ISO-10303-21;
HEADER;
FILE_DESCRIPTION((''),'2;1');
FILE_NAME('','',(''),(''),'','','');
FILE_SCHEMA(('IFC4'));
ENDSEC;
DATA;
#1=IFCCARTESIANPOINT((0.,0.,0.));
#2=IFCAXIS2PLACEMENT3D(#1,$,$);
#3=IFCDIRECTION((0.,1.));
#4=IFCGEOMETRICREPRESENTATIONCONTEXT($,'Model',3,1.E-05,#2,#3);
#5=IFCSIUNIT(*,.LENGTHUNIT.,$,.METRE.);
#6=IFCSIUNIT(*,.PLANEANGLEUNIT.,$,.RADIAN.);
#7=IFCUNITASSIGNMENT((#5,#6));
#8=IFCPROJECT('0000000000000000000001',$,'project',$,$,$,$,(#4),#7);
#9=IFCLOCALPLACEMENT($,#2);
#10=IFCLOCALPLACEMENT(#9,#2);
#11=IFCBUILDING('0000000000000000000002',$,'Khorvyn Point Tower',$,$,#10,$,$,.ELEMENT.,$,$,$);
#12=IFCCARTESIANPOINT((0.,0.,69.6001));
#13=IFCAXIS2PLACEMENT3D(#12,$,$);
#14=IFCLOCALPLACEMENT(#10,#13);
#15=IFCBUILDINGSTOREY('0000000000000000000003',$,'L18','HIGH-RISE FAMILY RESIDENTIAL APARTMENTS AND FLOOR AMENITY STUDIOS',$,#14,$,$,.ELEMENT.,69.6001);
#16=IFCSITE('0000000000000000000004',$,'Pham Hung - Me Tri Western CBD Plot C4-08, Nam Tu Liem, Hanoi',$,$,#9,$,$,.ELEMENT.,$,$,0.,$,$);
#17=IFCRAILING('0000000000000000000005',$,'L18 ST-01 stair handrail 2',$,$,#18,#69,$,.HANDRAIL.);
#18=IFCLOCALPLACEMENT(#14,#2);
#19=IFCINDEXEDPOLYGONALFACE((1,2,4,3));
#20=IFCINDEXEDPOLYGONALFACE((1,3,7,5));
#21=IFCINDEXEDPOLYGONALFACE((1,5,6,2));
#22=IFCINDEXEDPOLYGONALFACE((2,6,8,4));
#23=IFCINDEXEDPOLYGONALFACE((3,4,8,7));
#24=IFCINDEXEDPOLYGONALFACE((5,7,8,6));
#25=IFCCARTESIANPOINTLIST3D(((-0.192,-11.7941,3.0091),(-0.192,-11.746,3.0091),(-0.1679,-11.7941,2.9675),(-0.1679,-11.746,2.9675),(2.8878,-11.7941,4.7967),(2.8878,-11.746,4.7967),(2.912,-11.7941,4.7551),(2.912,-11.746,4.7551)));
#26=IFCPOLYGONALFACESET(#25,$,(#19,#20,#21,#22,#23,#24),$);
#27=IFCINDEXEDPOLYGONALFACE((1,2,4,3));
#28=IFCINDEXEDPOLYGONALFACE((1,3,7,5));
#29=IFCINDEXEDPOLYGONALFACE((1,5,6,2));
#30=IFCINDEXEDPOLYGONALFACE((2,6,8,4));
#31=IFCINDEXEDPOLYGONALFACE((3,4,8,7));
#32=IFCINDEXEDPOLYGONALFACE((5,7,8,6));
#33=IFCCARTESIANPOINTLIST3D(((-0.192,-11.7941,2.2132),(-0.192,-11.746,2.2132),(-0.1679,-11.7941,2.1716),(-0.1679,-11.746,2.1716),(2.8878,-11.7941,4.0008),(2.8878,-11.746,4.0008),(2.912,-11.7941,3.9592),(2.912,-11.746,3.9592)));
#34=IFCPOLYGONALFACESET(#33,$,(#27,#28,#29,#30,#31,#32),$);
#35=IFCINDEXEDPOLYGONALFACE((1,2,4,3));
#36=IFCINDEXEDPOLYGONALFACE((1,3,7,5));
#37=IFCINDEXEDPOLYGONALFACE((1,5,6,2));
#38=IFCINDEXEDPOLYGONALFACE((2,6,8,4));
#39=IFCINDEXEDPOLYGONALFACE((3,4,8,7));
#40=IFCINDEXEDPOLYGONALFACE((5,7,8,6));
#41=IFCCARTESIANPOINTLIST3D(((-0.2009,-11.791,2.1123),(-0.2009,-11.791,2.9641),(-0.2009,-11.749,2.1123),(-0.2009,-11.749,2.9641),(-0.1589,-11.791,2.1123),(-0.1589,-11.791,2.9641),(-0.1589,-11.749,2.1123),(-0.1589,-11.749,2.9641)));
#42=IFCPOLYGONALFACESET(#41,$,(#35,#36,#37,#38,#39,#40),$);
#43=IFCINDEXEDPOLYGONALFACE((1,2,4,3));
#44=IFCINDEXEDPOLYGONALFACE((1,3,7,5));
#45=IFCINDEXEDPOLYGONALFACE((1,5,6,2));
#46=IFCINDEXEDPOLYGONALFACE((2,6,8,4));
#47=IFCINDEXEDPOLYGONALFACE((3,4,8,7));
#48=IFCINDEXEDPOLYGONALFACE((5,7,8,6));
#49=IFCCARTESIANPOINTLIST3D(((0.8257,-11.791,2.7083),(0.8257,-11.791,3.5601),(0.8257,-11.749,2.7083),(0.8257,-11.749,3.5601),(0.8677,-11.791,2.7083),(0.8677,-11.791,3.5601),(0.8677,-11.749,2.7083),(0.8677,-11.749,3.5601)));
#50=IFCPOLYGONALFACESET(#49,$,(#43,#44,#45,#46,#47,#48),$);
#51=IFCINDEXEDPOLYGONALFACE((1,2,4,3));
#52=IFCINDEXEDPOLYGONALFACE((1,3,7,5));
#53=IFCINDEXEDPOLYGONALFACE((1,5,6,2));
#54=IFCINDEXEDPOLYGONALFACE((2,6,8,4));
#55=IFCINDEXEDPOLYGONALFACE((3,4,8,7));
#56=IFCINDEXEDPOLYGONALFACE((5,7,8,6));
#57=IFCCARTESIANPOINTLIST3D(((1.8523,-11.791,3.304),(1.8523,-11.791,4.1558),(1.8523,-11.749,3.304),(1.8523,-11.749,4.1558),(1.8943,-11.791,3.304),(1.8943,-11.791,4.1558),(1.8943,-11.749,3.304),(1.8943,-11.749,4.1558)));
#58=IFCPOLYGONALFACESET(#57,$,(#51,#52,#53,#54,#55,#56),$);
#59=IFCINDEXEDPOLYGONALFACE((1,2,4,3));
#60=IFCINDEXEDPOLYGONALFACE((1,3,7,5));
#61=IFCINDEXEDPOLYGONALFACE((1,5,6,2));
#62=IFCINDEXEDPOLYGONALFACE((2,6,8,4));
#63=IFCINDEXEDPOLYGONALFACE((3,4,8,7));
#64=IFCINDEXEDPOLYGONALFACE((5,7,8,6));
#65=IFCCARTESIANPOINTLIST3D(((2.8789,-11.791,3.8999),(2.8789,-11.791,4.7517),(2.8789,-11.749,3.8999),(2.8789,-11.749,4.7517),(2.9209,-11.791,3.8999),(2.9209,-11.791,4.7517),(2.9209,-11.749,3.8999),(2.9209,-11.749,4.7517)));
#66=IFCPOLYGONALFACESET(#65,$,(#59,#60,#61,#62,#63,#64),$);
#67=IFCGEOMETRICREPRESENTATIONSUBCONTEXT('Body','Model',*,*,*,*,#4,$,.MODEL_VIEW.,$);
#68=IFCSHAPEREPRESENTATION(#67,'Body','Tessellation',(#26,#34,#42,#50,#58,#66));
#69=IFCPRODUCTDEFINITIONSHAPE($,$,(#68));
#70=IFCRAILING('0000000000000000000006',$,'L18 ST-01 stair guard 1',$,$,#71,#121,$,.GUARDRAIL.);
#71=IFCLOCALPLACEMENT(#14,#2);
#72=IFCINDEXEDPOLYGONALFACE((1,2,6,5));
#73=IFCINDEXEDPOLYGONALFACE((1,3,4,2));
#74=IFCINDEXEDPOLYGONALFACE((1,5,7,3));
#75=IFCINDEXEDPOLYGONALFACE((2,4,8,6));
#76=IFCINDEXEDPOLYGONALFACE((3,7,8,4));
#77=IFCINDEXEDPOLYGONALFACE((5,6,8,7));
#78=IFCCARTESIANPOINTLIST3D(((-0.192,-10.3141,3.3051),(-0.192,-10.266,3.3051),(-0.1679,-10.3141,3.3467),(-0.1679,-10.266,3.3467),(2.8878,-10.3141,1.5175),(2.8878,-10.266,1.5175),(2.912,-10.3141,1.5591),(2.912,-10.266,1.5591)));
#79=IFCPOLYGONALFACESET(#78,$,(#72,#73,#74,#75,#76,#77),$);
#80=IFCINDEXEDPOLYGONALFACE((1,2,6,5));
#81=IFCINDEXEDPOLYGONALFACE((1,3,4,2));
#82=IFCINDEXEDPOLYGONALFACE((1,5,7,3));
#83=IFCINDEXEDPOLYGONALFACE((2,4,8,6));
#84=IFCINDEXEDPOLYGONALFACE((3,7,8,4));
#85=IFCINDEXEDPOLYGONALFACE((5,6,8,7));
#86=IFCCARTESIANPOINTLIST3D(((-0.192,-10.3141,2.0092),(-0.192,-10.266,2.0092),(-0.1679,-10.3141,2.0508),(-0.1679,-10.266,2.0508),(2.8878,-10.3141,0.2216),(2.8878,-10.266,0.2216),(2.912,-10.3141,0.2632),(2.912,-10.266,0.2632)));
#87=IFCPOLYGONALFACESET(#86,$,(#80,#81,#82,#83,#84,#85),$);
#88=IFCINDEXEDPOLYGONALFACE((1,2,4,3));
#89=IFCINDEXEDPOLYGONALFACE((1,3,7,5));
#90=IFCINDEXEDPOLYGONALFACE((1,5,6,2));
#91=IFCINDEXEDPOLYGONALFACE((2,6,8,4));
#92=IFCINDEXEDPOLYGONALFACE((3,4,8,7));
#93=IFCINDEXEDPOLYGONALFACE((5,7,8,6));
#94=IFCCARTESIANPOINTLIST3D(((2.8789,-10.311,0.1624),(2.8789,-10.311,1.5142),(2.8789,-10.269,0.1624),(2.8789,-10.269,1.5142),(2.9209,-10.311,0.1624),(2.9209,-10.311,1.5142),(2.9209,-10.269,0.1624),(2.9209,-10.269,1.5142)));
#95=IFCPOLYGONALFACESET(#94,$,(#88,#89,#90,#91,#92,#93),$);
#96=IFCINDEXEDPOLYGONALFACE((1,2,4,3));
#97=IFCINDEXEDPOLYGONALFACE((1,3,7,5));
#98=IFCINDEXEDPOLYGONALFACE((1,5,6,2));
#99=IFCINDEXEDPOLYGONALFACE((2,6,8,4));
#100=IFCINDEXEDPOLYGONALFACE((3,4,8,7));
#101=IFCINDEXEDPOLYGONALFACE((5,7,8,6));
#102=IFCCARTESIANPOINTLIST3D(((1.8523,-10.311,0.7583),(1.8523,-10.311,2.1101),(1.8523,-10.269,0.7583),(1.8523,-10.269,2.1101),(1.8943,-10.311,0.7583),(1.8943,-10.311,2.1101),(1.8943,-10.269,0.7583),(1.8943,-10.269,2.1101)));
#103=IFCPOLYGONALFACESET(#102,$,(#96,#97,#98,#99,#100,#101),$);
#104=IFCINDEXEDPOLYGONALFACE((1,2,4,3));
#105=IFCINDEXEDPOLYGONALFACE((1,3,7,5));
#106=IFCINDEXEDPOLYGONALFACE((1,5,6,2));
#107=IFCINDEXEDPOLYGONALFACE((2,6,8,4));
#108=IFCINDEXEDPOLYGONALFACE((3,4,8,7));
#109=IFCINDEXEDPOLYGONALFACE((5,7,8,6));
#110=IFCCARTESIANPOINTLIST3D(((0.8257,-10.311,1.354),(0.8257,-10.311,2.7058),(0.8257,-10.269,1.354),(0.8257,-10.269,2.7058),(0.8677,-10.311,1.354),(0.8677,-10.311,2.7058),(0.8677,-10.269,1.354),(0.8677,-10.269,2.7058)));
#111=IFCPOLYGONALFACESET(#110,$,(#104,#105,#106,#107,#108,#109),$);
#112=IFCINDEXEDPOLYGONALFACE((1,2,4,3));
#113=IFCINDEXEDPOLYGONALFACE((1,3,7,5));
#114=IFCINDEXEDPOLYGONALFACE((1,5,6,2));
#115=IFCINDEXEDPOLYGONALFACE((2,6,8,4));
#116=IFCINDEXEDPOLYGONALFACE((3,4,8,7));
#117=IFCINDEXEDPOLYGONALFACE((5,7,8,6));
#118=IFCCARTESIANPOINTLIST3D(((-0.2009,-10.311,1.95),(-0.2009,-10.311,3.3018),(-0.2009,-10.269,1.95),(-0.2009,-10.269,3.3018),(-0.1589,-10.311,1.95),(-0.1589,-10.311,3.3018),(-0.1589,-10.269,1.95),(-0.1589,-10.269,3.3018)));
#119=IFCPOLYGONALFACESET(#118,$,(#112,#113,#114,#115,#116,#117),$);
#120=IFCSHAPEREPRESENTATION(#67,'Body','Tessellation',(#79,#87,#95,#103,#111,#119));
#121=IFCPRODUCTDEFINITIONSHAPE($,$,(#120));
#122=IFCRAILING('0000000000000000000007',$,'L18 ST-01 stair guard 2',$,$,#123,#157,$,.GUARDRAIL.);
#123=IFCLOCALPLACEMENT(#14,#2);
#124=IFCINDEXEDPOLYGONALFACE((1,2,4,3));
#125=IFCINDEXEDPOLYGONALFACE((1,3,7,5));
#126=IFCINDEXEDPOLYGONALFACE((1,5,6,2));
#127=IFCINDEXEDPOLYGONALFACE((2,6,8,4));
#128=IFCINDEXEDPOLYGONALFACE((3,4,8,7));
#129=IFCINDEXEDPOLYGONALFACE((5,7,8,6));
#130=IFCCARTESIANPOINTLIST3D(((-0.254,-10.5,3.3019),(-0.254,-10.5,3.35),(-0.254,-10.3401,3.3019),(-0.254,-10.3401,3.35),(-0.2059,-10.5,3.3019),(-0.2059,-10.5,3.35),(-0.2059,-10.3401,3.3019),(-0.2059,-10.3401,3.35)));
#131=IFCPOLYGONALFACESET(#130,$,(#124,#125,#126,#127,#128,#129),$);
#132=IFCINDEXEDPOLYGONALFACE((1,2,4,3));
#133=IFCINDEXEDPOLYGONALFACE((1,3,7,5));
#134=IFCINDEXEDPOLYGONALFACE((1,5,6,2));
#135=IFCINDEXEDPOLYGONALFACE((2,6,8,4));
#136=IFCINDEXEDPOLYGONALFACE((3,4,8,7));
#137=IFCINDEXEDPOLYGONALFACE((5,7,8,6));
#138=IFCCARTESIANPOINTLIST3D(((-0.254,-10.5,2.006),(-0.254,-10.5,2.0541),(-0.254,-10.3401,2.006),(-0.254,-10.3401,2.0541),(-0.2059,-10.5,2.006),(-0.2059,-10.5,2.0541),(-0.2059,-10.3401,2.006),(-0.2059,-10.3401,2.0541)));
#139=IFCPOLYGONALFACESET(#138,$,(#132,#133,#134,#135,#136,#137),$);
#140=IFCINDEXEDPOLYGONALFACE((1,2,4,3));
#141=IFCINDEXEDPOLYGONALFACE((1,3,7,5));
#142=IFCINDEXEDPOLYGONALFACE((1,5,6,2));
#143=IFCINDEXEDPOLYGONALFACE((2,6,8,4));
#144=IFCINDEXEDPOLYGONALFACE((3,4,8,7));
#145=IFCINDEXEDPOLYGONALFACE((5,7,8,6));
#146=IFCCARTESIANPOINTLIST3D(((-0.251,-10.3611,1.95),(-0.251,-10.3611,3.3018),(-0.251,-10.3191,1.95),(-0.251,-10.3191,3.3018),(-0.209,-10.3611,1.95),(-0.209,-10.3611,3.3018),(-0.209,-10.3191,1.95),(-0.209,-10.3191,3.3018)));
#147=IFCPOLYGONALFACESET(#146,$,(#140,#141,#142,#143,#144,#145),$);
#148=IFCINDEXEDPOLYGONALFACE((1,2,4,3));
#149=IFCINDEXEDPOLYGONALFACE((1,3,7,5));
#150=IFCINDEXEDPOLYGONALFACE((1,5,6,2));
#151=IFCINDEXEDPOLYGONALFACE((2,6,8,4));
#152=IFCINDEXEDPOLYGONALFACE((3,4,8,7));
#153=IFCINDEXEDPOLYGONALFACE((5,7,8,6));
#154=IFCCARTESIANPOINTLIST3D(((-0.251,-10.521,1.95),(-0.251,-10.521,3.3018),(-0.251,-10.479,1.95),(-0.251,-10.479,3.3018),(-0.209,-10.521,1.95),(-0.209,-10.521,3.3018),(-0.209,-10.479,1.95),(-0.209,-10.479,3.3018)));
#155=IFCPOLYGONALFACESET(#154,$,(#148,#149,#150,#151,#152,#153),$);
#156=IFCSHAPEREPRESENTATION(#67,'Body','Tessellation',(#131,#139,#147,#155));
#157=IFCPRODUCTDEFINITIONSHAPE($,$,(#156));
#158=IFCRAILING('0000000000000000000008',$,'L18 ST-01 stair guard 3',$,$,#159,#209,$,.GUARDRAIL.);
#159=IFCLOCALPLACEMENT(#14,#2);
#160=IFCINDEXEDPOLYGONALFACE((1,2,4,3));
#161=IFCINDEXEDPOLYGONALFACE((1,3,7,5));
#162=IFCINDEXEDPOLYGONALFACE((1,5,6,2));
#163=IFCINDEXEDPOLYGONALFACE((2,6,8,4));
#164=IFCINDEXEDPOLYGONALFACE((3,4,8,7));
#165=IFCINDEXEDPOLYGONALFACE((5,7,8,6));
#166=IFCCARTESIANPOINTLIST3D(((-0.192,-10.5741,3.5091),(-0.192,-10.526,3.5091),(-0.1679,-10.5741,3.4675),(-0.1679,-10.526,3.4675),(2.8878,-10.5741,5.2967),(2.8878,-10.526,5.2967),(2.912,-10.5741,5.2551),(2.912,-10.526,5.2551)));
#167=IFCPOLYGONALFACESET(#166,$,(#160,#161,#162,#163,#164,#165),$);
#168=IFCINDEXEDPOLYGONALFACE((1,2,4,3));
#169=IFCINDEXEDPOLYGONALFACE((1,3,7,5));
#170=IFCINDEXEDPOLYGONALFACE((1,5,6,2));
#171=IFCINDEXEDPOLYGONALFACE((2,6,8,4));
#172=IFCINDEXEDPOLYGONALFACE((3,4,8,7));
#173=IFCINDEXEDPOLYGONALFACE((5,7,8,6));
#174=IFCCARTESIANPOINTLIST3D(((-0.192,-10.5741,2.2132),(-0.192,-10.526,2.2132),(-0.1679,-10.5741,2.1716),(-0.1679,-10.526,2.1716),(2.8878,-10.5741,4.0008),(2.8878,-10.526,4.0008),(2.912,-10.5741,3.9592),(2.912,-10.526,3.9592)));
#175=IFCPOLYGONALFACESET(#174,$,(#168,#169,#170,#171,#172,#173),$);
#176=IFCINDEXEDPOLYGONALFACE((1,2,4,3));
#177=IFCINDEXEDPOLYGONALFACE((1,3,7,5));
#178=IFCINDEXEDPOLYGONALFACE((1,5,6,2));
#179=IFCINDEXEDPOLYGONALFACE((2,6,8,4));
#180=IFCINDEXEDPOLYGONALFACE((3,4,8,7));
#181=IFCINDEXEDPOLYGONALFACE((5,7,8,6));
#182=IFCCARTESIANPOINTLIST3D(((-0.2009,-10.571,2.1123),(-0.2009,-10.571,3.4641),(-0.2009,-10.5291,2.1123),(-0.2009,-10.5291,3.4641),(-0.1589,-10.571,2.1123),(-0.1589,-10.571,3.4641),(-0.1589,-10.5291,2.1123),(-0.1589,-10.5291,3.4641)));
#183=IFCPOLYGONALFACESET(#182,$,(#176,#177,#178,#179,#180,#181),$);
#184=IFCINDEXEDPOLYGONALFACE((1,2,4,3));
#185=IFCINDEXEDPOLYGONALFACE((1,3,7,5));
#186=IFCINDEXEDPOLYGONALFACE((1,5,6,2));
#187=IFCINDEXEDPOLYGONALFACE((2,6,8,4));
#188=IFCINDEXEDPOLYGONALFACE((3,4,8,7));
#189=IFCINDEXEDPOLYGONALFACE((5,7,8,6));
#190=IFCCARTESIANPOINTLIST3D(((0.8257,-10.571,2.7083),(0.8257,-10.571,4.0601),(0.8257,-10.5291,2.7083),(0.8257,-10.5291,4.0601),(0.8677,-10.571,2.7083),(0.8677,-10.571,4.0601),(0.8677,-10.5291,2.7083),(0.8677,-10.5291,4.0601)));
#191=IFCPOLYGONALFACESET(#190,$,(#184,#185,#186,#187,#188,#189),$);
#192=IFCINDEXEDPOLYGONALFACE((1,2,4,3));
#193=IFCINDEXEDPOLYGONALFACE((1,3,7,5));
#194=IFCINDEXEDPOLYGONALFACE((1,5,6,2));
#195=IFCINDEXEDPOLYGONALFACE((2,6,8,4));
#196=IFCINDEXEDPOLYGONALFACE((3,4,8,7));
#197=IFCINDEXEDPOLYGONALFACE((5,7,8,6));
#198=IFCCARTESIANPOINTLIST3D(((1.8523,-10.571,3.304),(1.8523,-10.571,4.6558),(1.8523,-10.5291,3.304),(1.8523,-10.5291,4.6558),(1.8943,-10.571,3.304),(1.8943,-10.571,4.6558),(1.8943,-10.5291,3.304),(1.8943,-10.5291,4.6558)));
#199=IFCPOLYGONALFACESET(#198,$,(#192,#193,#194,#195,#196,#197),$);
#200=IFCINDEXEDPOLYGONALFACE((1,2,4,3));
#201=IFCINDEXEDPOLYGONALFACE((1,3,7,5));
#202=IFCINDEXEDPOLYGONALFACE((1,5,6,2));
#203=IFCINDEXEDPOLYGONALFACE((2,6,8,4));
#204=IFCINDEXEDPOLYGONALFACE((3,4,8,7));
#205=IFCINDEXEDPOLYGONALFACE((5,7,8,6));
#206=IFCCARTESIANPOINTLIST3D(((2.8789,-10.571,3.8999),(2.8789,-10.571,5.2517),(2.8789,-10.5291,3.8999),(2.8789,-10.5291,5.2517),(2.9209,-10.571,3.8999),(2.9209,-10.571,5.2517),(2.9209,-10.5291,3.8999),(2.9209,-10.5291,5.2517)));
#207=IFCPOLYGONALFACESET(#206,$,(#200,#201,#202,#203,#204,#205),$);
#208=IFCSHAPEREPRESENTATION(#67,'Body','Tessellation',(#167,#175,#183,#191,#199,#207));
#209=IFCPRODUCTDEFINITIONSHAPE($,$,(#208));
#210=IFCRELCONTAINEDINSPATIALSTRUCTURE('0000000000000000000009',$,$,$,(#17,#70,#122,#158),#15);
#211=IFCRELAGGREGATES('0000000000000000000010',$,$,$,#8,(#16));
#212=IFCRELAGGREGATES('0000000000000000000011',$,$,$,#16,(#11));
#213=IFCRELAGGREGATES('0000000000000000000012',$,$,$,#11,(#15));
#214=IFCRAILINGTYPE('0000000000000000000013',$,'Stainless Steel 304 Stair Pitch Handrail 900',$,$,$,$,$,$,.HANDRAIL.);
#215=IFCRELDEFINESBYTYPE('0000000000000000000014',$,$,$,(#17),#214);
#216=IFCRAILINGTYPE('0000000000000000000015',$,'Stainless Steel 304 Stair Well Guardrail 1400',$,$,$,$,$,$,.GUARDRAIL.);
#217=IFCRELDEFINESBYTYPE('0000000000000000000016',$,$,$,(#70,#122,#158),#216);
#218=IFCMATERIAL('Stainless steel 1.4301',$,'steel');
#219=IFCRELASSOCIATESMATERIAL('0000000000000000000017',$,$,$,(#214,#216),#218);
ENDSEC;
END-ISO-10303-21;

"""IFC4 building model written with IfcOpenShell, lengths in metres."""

from ifc_helpers import new_model, si_unit, direction, frame, origin, origin_2d, place, context, subcontext, project, spatial, rectangle, extrude, material, type_object, element, save


model = new_model("IFC4")

# Units and contexts
model_context = context("Model", 3, precision=1e-05, world=origin(), true_north=direction((0.0, 1.0)))
body_context = subcontext(model_context, "Body", "Model", "MODEL_VIEW")
ifc_project = project(units=[si_unit("LENGTHUNIT", "METRE"), si_unit("PLANEANGLEUNIT", "RADIAN")], contexts=[model_context])

# Site, building, storey
site_placement = place(None, origin())
site = spatial("IfcSite", under=ifc_project, at=site_placement, Name="Pham Hung - Me Tri Western CBD Plot C4-08, Nam Tu Liem, Hanoi", CompositionType="ELEMENT", RefElevation=0.0)
building_placement = place(site_placement, origin())
building = spatial("IfcBuilding", under=site, at=building_placement, Name="Khorvyn Point Tower", CompositionType="ELEMENT")
storey_placement = place(building_placement, frame((0.0, 0.0, 69.6001)))
storey = spatial("IfcBuildingStorey", under=building, at=storey_placement, Name="L18", Description="HIGH-RISE FAMILY RESIDENTIAL APARTMENTS AND FLOOR AMENITY STUDIOS", CompositionType="ELEMENT", Elevation=69.6001)

# Shared definitions
ifc_material_1 = material(Name="Stainless steel 1.4301", Category="steel")

# Railings
railing_type_1 = type_object("IfcRailingType", Name="Stainless Steel 304 Stair Pitch Handrail 900", PredefinedType="HANDRAIL", material=ifc_material_1)
railing_1_placement = place(storey_placement, frame((-0.1799, -11.77, 2.1123)))
element("IfcRailing", 1, at=railing_1_placement, inside=storey, type_object=railing_type_1, Name="L18 ST-01 stair handrail 2", PredefinedType="HANDRAIL", context=body_context, shape_type="SweptSolid", body=[
    extrude(rectangle(XDim=0.0481, YDim=0.0481, at=origin_2d()), frame((0.0, 0.0, 0.876), z_axis=(0.864873, 0.0, 0.50199), x_axis=(0.0, 1.0, 0.0)), (0.0, 0.0, 1.0), 3.561),
    extrude(rectangle(XDim=0.0481, YDim=0.0481, at=origin_2d()), frame((0.0, 0.0, 0.0801), z_axis=(0.864873, 0.0, 0.50199), x_axis=(0.0, 1.0, 0.0)), (0.0, 0.0, 1.0), 3.561),
    extrude(rectangle(XDim=0.042, YDim=0.042, at=origin_2d()), origin(), (0.0, 0.0, 1.0), 0.8518),
    extrude(rectangle(XDim=0.042, YDim=0.042, at=origin_2d()), frame((1.0266, 0.0, 0.5959)), (0.0, 0.0, 1.0), 0.8518),
    extrude(rectangle(XDim=0.042, YDim=0.042, at=origin_2d()), frame((2.0532, 0.0, 1.1917)), (0.0, 0.0, 1.0), 0.8518),
    extrude(rectangle(XDim=0.042, YDim=0.042, at=origin_2d()), frame((3.0798, 0.0, 1.7876)), (0.0, 0.0, 1.0), 0.8518),
])
railing_type_2 = type_object("IfcRailingType", Name="Stainless Steel 304 Stair Well Guardrail 1400", PredefinedType="GUARDRAIL", material=ifc_material_1)
railing_2_placement = place(storey_placement, frame((2.8999, -10.29, 0.1624)))
element("IfcRailing", 2, at=railing_2_placement, inside=storey, type_object=railing_type_2, Name="L18 ST-01 stair guard 1", PredefinedType="GUARDRAIL", context=body_context, shape_type="SweptSolid", body=[
    extrude(rectangle(XDim=0.0481, YDim=0.0481, at=origin_2d()), frame((0.0, 0.0, 1.376), z_axis=(-0.864873, 0.0, 0.50199), x_axis=(0.0, -1.0, 0.0)), (0.0, 0.0, 1.0), 3.561),
    extrude(rectangle(XDim=0.0481, YDim=0.0481, at=origin_2d()), frame((0.0, 0.0, 0.0801), z_axis=(-0.864873, 0.0, 0.50199), x_axis=(0.0, -1.0, 0.0)), (0.0, 0.0, 1.0), 3.561),
    extrude(rectangle(XDim=0.042, YDim=0.042, at=origin_2d()), origin(), (0.0, 0.0, 1.0), 1.3518),
    extrude(rectangle(XDim=0.042, YDim=0.042, at=origin_2d()), frame((-1.0266, 0.0, 0.5959)), (0.0, 0.0, 1.0), 1.3518),
    extrude(rectangle(XDim=0.042, YDim=0.042, at=origin_2d()), frame((-2.0532, 0.0, 1.1917)), (0.0, 0.0, 1.0), 1.3518),
    extrude(rectangle(XDim=0.042, YDim=0.042, at=origin_2d()), frame((-3.0798, 0.0, 1.7876)), (0.0, 0.0, 1.0), 1.3518),
])
railing_3_placement = place(storey_placement, frame((-0.23, -10.3401, 1.95)))
element("IfcRailing", 3, at=railing_3_placement, inside=storey, type_object=railing_type_2, Name="L18 ST-01 stair guard 2", PredefinedType="GUARDRAIL", context=body_context, shape_type="SweptSolid", body=[
    extrude(rectangle(XDim=0.0481, YDim=0.0481, at=origin_2d()), frame((0.0, 0.0, 1.376), z_axis=(0.0, -1.0, 0.0), x_axis=(1.0, 0.0, 0.0)), (0.0, 0.0, 1.0), 0.1599),
    extrude(rectangle(XDim=0.0481, YDim=0.0481, at=origin_2d()), frame((0.0, 0.0, 0.0801), z_axis=(0.0, -1.0, 0.0), x_axis=(1.0, 0.0, 0.0)), (0.0, 0.0, 1.0), 0.1599),
    extrude(rectangle(XDim=0.042, YDim=0.042, at=origin_2d()), origin(), (0.0, 0.0, 1.0), 1.3518),
    extrude(rectangle(XDim=0.042, YDim=0.042, at=origin_2d()), frame((0.0, -0.1599, 0.0)), (0.0, 0.0, 1.0), 1.3518),
])
railing_4_placement = place(storey_placement, frame((-0.1799, -10.55, 2.1123)))
element("IfcRailing", 4, at=railing_4_placement, inside=storey, type_object=railing_type_2, Name="L18 ST-01 stair guard 3", PredefinedType="GUARDRAIL", context=body_context, shape_type="SweptSolid", body=[
    extrude(rectangle(XDim=0.0481, YDim=0.0481, at=origin_2d()), frame((0.0, 0.0, 1.376), z_axis=(0.864873, 0.0, 0.50199), x_axis=(0.0, 1.0, 0.0)), (0.0, 0.0, 1.0), 3.561),
    extrude(rectangle(XDim=0.0481, YDim=0.0481, at=origin_2d()), frame((0.0, 0.0, 0.0801), z_axis=(0.864873, 0.0, 0.50199), x_axis=(0.0, 1.0, 0.0)), (0.0, 0.0, 1.0), 3.561),
    extrude(rectangle(XDim=0.042, YDim=0.042, at=origin_2d()), origin(), (0.0, 0.0, 1.0), 1.3518),
    extrude(rectangle(XDim=0.042, YDim=0.042, at=origin_2d()), frame((1.0266, 0.0, 0.5959)), (0.0, 0.0, 1.0), 1.3518),
    extrude(rectangle(XDim=0.042, YDim=0.042, at=origin_2d()), frame((2.0532, 0.0, 1.1917)), (0.0, 0.0, 1.0), 1.3518),
    extrude(rectangle(XDim=0.042, YDim=0.042, at=origin_2d()), frame((3.0798, 0.0, 1.7876)), (0.0, 0.0, 1.0), 1.3518),
])

save(model, "model.ifc")
